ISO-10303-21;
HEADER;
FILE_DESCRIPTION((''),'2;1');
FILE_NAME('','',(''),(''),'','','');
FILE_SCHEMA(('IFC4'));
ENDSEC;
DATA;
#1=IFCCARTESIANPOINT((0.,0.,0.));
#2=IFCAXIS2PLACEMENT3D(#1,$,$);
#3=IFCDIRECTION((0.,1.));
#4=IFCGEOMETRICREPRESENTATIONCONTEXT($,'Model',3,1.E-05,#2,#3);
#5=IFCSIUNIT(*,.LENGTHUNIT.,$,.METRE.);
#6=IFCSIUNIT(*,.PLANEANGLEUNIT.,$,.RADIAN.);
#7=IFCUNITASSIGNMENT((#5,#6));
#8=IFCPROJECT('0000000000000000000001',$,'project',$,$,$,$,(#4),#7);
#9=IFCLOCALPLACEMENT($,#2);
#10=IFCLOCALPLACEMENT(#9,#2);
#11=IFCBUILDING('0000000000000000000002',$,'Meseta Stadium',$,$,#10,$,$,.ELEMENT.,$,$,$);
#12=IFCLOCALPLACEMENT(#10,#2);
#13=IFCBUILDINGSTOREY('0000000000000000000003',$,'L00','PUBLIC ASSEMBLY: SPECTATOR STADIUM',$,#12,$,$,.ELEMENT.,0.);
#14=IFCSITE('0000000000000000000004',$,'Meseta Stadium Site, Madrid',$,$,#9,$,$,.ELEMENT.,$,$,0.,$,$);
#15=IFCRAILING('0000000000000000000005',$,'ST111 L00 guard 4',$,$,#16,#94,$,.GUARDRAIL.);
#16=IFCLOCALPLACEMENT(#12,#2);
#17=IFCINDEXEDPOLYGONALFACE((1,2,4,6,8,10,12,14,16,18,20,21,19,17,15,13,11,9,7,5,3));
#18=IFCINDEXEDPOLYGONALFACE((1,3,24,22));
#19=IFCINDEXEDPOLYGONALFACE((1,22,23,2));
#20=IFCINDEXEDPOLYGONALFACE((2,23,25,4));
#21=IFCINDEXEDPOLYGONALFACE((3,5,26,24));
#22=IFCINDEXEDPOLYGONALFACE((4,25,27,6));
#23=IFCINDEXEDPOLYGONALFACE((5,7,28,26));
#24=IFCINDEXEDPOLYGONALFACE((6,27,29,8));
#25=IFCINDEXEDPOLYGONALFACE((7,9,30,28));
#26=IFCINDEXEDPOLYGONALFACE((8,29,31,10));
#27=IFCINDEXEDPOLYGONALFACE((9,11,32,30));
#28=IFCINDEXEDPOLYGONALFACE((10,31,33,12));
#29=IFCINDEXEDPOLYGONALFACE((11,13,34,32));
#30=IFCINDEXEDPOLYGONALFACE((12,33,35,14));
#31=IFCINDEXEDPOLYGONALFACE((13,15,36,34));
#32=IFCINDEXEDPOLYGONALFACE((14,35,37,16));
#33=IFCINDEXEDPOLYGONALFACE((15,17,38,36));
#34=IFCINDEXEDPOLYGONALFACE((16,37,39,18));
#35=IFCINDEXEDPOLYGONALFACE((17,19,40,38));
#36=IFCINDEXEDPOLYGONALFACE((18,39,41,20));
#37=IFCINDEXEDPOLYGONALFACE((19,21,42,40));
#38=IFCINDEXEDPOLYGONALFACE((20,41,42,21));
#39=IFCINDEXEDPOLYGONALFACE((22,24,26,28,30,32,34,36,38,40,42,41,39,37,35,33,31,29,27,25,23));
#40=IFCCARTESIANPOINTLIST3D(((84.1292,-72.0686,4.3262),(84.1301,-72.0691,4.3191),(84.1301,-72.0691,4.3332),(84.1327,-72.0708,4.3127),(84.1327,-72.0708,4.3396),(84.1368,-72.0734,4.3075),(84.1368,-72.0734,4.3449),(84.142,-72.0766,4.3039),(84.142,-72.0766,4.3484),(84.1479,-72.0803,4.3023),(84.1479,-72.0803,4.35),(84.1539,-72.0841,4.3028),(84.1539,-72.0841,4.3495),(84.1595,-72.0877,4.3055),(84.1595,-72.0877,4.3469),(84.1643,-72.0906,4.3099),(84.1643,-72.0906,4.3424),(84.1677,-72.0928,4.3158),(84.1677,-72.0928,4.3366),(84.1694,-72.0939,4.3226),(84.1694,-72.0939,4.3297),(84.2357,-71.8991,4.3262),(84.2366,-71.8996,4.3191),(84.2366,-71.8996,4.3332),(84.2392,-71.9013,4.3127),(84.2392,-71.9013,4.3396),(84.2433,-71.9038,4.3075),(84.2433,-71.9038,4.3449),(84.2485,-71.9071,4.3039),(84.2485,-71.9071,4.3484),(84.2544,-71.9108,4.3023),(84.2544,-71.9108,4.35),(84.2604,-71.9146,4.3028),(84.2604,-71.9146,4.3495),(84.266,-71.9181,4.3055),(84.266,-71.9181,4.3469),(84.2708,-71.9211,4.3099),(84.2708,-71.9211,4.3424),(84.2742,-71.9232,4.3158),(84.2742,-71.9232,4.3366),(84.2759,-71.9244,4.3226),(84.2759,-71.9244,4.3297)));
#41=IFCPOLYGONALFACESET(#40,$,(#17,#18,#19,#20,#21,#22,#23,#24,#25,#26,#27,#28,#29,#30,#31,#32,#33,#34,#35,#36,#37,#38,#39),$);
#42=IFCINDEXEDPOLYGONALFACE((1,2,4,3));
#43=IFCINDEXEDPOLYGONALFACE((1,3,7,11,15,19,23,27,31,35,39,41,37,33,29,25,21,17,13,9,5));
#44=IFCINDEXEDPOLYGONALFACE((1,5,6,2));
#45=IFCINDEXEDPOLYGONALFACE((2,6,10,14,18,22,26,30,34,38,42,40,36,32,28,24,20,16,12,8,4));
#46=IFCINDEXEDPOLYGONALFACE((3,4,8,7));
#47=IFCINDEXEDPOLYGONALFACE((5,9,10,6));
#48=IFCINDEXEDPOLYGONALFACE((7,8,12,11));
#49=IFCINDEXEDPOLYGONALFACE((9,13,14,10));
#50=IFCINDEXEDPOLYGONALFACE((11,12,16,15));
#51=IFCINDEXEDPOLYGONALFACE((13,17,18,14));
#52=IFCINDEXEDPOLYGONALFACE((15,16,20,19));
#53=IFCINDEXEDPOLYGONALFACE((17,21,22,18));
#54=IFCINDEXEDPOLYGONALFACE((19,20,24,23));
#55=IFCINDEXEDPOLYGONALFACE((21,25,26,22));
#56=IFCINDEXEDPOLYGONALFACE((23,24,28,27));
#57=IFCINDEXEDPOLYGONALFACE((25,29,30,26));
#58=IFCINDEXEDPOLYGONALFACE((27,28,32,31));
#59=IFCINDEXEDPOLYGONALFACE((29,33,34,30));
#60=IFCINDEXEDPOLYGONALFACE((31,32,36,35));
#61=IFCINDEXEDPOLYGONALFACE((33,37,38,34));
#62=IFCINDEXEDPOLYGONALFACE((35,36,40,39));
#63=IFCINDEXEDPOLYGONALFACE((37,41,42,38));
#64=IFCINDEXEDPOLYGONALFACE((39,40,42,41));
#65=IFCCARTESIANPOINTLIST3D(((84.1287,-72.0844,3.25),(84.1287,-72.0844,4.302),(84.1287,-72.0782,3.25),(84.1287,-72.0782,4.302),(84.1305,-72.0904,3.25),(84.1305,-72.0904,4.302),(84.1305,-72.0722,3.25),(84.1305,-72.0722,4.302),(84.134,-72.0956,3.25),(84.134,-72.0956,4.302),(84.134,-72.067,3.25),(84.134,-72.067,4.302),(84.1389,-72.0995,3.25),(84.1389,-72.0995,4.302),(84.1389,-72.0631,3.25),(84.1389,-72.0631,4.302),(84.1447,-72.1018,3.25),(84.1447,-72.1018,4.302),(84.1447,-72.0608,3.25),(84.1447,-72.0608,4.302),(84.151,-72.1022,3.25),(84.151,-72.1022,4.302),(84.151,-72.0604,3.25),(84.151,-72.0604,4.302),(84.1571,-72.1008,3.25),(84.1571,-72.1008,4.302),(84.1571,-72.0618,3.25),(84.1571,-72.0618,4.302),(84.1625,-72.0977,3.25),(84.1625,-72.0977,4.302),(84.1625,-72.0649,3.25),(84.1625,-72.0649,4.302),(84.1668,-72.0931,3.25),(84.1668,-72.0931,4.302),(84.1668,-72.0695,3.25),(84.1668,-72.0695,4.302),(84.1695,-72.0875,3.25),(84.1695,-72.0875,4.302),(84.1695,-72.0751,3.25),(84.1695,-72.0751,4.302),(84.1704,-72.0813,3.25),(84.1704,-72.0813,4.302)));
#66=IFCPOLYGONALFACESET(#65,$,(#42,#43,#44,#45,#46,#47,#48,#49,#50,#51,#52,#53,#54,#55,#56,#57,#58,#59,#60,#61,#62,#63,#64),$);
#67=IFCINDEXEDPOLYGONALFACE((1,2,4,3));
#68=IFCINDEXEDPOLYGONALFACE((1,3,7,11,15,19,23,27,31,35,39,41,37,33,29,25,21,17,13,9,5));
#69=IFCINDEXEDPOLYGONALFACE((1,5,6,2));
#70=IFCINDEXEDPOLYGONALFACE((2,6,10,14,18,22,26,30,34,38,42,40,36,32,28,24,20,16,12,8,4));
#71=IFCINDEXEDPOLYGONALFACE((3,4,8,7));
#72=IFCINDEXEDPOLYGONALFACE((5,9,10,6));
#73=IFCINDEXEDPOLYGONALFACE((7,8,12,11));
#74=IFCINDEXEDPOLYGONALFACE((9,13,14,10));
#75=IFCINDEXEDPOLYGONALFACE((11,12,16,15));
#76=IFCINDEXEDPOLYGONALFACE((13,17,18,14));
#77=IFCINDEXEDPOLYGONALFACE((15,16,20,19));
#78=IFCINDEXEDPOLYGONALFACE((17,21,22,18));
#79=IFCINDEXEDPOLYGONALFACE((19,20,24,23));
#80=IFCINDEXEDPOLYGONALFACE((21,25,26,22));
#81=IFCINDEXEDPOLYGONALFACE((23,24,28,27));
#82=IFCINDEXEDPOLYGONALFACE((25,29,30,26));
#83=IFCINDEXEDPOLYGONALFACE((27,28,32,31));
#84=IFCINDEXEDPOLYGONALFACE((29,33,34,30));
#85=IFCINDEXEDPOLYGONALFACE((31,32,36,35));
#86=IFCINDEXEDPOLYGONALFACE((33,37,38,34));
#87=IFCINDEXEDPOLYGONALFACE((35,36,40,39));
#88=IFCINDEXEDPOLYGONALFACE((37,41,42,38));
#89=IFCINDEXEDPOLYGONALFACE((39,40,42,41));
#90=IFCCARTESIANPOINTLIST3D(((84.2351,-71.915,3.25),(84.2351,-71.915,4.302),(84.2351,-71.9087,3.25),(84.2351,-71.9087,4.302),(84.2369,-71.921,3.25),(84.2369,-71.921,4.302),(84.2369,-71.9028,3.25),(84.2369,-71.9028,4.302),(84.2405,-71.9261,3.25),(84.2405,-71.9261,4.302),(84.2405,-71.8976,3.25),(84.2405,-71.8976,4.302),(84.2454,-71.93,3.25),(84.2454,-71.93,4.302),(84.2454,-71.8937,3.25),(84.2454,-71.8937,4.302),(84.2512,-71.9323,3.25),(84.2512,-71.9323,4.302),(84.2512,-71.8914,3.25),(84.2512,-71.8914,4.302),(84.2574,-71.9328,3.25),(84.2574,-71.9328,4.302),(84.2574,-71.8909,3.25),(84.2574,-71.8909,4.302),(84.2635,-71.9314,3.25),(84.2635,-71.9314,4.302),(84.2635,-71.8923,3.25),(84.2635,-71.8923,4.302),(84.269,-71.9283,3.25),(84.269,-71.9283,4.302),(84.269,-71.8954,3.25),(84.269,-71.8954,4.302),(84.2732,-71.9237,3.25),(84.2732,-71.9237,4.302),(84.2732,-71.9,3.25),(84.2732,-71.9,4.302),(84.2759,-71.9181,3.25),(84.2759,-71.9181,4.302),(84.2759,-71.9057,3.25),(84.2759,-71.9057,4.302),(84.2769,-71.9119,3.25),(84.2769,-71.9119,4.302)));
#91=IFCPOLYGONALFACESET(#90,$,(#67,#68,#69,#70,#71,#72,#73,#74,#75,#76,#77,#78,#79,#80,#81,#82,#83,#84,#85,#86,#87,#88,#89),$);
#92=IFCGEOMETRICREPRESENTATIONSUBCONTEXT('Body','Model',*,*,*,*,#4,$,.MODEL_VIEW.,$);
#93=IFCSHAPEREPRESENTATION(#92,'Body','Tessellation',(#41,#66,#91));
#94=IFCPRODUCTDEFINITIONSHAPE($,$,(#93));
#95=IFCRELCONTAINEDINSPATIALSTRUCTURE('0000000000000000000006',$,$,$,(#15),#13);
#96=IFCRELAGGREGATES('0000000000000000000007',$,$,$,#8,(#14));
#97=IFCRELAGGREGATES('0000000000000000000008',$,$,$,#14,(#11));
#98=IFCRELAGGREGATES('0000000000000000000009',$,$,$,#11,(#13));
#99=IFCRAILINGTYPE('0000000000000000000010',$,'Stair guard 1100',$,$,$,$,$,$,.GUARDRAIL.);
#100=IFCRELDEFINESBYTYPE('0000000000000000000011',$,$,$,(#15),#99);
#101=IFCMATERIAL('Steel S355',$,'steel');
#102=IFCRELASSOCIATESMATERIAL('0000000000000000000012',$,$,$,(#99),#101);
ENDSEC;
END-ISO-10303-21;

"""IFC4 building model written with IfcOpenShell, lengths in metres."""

from ifc_helpers import new_model, si_unit, direction, frame, origin, origin_2d, place, context, subcontext, project, spatial, circle, extrude, material, type_object, element, save


model = new_model("IFC4")

# Units and contexts
model_context = context("Model", 3, precision=1e-05, world=origin(), true_north=direction((0.0, 1.0)))
body_context = subcontext(model_context, "Body", "Model", "MODEL_VIEW")
ifc_project = project(units=[si_unit("LENGTHUNIT", "METRE"), si_unit("PLANEANGLEUNIT", "RADIAN")], contexts=[model_context])

# Site, building, storey
site_placement = place(None, origin())
site = spatial("IfcSite", under=ifc_project, at=site_placement, Name="Meseta Stadium Site, Madrid", CompositionType="ELEMENT", RefElevation=0.0)
building_placement = place(site_placement, origin())
building = spatial("IfcBuilding", under=site, at=building_placement, Name="Meseta Stadium", CompositionType="ELEMENT")
storey_placement = place(building_placement, origin())
storey = spatial("IfcBuildingStorey", under=building, at=storey_placement, Name="L00", Description="PUBLIC ASSEMBLY: SPECTATOR STADIUM", CompositionType="ELEMENT", Elevation=0.0)

# Railing
ifc_material_1 = material(Name="Steel S355", Category="steel")
railing_type_1 = type_object("IfcRailingType", Name="Stair guard 1100", PredefinedType="GUARDRAIL", material=ifc_material_1)
railing_1_placement = place(storey_placement, frame((84.1494, -72.0813, 3.25)))
element("IfcRailing", 1, at=railing_1_placement, inside=storey, type_object=railing_type_1, Name="ST111 L00 guard 4", PredefinedType="GUARDRAIL", context=body_context, shape_type="SweptSolid", body=[
    extrude(circle(Radius=0.0239, at=origin_2d()), frame((0.0, 0.0, 1.0762), z_axis=(0.531972, 0.846762, 0.0), x_axis=(-0.846762, 0.531972, 0.0)), (0.0, 0.0, 1.0), 0.2002),
    extrude(circle(Radius=0.021, at=origin_2d()), origin(), (0.0, 0.0, 1.0), 1.052),
    extrude(circle(Radius=0.021, at=origin_2d()), frame((0.1064, 0.1694, 0.0)), (0.0, 0.0, 1.0), 1.052),
])

save(model, "model.ifc")
